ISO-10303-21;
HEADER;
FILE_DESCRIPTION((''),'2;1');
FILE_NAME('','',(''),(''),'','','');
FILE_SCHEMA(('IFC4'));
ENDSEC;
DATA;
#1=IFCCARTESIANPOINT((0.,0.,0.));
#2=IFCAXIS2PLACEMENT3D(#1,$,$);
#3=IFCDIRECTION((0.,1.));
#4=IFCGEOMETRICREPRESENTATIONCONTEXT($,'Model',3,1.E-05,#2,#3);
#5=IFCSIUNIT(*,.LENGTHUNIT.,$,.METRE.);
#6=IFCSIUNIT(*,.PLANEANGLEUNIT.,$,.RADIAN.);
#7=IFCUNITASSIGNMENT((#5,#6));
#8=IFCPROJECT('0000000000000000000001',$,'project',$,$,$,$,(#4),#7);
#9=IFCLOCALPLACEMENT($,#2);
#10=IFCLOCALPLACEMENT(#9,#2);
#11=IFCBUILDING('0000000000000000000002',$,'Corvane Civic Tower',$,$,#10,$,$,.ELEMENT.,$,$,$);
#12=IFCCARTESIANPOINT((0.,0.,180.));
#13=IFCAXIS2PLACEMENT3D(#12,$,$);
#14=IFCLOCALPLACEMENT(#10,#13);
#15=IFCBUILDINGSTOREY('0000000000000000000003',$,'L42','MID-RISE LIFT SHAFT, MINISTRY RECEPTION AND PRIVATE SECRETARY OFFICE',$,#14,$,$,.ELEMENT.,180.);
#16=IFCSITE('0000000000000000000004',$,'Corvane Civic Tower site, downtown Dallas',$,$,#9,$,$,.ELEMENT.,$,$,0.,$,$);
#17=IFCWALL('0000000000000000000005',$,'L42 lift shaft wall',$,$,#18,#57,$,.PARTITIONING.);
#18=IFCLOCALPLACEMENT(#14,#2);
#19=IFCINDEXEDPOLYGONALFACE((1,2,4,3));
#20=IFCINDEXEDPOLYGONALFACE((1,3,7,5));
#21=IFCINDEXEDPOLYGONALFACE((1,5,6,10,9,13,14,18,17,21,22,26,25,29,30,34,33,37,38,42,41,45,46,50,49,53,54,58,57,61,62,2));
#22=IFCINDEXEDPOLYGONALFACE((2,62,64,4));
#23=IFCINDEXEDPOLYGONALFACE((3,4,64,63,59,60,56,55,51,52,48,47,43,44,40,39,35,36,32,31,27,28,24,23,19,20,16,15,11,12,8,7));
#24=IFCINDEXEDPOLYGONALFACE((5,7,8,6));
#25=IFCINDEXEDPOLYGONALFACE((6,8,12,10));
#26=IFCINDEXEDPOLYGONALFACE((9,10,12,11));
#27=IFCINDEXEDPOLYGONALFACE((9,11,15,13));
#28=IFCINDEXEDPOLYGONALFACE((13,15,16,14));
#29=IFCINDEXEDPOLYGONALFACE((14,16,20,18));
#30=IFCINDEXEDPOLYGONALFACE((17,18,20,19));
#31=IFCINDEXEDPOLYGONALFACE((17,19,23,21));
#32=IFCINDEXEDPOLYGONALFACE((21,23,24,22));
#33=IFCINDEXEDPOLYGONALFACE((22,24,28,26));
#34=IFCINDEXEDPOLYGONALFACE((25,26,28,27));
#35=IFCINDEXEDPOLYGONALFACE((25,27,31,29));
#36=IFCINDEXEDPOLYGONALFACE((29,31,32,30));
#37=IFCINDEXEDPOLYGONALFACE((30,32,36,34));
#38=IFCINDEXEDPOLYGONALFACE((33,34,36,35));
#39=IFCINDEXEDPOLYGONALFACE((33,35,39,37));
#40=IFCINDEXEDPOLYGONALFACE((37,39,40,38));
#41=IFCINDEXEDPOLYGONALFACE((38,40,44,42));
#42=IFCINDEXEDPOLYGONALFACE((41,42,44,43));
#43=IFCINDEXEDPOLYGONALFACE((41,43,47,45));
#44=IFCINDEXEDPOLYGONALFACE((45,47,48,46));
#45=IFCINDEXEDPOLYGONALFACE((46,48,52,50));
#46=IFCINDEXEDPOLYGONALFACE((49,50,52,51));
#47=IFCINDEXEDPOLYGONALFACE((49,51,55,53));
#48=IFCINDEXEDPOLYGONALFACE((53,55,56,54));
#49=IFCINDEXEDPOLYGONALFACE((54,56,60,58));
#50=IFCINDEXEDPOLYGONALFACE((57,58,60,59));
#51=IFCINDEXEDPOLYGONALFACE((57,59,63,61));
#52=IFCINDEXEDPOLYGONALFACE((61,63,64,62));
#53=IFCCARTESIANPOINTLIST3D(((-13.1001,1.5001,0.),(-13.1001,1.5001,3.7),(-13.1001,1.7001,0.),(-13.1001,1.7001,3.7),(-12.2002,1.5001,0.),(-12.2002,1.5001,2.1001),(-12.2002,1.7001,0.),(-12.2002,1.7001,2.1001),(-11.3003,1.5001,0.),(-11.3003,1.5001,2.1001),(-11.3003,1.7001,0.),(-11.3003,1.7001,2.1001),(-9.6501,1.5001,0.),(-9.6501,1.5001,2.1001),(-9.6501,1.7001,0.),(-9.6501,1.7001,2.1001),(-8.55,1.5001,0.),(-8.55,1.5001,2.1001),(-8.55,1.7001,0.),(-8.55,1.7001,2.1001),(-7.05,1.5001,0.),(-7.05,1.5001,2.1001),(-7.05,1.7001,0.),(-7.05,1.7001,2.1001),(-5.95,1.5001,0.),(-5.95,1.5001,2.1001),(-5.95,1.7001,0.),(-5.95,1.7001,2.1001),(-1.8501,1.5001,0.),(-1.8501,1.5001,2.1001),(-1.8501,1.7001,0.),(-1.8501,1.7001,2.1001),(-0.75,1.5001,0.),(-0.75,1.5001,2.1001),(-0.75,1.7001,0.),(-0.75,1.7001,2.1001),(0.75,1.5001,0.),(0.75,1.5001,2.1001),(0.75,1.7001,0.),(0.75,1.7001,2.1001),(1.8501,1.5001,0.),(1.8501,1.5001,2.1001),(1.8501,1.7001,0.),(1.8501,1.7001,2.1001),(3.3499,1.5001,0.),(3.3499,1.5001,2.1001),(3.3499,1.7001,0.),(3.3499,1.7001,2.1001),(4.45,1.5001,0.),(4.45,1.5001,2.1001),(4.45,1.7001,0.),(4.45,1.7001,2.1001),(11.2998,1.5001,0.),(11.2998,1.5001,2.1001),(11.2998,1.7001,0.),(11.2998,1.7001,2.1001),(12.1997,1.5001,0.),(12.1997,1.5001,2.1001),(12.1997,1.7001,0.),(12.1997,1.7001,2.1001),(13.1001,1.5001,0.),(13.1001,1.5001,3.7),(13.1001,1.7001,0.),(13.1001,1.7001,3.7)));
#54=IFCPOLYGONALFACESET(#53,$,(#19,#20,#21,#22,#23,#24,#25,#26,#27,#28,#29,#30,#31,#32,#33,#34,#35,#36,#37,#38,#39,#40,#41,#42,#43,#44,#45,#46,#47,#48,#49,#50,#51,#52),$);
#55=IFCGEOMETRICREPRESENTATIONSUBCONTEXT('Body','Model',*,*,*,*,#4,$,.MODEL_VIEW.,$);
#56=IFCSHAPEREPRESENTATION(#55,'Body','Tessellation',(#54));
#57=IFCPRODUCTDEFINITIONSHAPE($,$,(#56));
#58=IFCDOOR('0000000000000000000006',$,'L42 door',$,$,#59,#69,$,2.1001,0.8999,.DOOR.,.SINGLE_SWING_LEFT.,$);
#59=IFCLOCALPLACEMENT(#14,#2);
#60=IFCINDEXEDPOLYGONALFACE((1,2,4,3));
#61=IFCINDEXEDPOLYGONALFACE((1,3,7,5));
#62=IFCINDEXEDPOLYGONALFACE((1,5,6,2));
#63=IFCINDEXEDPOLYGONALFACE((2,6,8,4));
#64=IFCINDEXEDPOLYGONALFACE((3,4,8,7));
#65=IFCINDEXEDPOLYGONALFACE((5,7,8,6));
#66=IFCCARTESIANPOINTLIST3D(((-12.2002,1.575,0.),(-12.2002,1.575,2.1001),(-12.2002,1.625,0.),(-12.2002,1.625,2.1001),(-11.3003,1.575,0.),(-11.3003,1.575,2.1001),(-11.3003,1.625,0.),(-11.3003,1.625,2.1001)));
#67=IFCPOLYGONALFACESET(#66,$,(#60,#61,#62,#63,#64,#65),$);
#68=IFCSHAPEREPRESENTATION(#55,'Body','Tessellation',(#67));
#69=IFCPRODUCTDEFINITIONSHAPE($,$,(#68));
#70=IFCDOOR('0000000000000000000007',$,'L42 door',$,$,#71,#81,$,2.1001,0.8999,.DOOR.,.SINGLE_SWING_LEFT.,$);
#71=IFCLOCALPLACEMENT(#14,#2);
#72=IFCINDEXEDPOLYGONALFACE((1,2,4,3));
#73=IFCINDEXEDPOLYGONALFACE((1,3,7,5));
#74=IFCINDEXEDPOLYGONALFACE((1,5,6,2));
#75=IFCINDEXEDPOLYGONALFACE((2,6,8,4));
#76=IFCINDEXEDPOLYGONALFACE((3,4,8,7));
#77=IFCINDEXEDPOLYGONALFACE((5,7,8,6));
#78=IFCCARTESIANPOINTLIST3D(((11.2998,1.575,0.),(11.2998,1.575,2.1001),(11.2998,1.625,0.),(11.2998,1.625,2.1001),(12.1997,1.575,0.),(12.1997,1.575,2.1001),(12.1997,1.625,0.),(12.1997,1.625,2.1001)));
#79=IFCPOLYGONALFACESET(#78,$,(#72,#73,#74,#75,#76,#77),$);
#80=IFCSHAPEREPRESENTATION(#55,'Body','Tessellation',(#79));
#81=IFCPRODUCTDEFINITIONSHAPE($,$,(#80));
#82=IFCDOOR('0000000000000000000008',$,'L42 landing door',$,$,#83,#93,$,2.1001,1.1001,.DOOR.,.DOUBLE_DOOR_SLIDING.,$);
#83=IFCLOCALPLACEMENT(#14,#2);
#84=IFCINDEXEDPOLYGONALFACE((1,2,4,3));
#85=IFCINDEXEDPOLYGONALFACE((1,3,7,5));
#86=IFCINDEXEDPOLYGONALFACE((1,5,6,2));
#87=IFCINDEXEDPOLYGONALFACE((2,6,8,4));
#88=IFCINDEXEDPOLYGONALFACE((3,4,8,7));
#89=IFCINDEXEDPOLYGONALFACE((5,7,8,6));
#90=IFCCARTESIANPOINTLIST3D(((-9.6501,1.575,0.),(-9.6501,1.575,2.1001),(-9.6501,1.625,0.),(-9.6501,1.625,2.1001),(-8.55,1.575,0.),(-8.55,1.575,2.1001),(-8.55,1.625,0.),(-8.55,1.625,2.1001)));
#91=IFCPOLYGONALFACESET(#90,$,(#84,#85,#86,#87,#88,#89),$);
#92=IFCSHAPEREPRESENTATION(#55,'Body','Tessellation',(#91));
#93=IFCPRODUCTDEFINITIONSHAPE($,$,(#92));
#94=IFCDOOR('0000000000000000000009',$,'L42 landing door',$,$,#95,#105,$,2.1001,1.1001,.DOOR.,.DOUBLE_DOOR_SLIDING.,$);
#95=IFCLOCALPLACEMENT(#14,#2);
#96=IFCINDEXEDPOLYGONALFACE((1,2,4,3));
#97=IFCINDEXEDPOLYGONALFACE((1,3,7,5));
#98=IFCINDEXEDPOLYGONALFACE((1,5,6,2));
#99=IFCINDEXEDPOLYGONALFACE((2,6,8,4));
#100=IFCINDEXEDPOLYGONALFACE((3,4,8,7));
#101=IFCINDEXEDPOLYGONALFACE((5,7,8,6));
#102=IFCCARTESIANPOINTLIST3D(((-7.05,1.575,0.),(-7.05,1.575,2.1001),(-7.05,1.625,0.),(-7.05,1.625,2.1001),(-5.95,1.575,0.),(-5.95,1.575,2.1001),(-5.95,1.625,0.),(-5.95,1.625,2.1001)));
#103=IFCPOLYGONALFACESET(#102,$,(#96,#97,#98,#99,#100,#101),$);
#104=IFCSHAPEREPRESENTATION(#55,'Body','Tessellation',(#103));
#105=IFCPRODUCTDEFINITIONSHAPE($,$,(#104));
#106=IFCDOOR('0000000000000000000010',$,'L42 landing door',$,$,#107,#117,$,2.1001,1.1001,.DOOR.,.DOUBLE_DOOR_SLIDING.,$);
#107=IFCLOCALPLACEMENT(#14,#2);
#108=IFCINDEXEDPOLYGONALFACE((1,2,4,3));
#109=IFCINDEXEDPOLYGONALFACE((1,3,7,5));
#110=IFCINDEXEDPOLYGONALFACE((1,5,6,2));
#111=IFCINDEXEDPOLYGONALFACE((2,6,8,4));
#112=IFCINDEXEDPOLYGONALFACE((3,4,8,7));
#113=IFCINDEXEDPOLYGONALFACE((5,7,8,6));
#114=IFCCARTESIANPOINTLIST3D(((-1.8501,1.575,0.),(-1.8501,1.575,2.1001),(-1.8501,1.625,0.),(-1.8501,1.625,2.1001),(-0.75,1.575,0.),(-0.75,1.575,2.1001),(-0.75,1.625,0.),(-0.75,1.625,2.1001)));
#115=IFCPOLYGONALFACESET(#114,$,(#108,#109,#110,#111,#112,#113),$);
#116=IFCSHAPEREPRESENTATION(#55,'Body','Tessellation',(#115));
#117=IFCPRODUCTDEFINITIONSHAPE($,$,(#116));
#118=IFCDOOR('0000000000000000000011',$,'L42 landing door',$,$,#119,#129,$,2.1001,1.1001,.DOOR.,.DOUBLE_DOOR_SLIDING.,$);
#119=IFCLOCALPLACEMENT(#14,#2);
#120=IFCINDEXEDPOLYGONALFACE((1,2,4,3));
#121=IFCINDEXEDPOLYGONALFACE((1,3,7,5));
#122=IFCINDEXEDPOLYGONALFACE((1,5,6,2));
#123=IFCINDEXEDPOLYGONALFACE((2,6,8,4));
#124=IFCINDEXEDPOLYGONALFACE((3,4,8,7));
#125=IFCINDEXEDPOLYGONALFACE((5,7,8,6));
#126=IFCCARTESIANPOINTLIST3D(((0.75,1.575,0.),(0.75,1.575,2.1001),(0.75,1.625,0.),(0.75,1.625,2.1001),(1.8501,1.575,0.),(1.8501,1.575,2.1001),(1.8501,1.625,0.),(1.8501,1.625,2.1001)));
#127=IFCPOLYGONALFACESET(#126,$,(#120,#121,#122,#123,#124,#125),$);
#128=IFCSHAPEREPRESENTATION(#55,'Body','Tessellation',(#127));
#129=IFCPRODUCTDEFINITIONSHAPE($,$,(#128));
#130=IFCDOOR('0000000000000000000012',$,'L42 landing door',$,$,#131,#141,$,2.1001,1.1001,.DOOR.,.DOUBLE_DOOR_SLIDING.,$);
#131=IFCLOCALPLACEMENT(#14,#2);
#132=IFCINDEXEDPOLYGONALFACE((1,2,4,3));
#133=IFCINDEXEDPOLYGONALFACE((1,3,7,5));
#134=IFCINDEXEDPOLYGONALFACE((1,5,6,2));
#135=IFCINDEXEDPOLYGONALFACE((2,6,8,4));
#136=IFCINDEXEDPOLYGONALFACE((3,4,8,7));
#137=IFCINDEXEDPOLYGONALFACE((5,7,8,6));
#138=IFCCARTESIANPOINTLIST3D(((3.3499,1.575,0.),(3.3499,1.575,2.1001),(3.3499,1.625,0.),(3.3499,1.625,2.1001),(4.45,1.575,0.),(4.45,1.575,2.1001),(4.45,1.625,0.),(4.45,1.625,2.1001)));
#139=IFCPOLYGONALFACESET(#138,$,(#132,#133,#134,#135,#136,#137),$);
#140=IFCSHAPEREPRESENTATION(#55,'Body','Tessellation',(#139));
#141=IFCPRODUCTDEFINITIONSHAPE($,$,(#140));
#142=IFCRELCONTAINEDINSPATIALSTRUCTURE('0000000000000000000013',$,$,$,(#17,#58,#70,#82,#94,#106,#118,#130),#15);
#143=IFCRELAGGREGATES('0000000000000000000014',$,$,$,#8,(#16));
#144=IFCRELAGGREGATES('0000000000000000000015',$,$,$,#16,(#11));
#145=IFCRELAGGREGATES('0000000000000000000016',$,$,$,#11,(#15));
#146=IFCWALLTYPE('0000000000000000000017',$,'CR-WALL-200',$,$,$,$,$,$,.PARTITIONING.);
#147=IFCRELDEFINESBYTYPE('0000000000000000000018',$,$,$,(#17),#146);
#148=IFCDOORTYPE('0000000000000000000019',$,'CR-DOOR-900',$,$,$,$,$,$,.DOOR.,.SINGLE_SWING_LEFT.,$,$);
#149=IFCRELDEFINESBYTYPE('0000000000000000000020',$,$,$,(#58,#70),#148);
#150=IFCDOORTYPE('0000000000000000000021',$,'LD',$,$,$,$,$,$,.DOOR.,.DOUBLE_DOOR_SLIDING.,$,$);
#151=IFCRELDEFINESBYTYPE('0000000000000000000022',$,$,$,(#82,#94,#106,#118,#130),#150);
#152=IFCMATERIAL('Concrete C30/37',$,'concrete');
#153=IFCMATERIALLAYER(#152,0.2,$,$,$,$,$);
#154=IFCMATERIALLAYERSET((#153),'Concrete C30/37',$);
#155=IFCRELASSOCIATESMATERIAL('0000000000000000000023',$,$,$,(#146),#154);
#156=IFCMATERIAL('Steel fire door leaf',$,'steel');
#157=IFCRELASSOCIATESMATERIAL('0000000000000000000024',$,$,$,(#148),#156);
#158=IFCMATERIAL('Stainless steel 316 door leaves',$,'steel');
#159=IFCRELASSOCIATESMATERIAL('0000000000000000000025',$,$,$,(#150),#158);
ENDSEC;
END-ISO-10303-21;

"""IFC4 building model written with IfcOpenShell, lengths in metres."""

from ifc_helpers import new_model, si_unit, direction, frame, frame_2d, origin, place, context, subcontext, project, spatial, rectangle, extrude, material, layer, layer_set, type_object, element, fill, save


model = new_model("IFC4")

# Units and contexts
model_context = context("Model", 3, precision=1e-05, world=origin(), true_north=direction((0.0, 1.0)))
body_context = subcontext(model_context, "Body", "Model", "MODEL_VIEW")
ifc_project = project(units=[si_unit("LENGTHUNIT", "METRE"), si_unit("PLANEANGLEUNIT", "RADIAN")], contexts=[model_context])

# Site, building, storey
site_placement = place(None, origin())
site = spatial("IfcSite", under=ifc_project, at=site_placement, Name="Corvane Civic Tower site, downtown Dallas", CompositionType="ELEMENT", RefElevation=0.0)
building_placement = place(site_placement, origin())
building = spatial("IfcBuilding", under=site, at=building_placement, Name="Corvane Civic Tower", CompositionType="ELEMENT")
storey_placement = place(building_placement, frame((0.0, 0.0, 180.0)))
storey = spatial("IfcBuildingStorey", under=building, at=storey_placement, Name="L42", Description="MID-RISE LIFT SHAFT, MINISTRY RECEPTION AND PRIVATE SECRETARY OFFICE", CompositionType="ELEMENT", Elevation=180.0)

# Wall, openings, doors
ifc_material_1 = material(Name="Concrete C30/37", Category="concrete")
ifc_layer_1 = layer(ifc_material_1, 0.2)
ifc_layer_set_1 = layer_set([ifc_layer_1], Name="Concrete C30/37")
wall_type_1 = type_object("IfcWallType", Name="CR-WALL-200", PredefinedType="PARTITIONING", material=ifc_layer_set_1)
wall_1_placement = place(storey_placement, frame((-13.1001, 1.6001, 0.0), z_axis=(0.0, 0.0, 1.0), x_axis=(1.0, 0.0, 0.0)))
wall_1 = element("IfcWall", 1, at=wall_1_placement, inside=storey, type_object=wall_type_1, Name="L42 lift shaft wall", PredefinedType="PARTITIONING", context=body_context, shape_type="SweptSolid", body=[
    extrude(rectangle(XDim=26.2002, YDim=0.2, at=frame_2d((13.1001, 0.0))), origin(), (0.0, 0.0, 1.0), 3.7),
])
opening_1_placement = place(wall_1_placement, frame((3.45, 0.0, 0.0)))
opening_1 = element("IfcOpeningElement", 2, at=opening_1_placement, cuts=wall_1, PredefinedType="OPENING", context=body_context, shape_type="SweptSolid", body=[
    extrude(rectangle(XDim=1.1001, YDim=2.1001, at=frame_2d((0.55, 1.05))), frame((0.0, 0.1099, 0.0), z_axis=(0.0, -1.0, 0.0), x_axis=(1.0, 0.0, 0.0)), (0.0, 0.0, 1.0), 0.22),
])
opening_2_placement = place(wall_1_placement, frame((6.05, 0.0, 0.0)))
opening_2 = element("IfcOpeningElement", 3, at=opening_2_placement, cuts=wall_1, PredefinedType="OPENING", context=body_context, shape_type="SweptSolid", body=[
    extrude(rectangle(XDim=1.1001, YDim=2.1001, at=frame_2d((0.55, 1.05))), frame((0.0, 0.1099, 0.0), z_axis=(0.0, -1.0, 0.0), x_axis=(1.0, 0.0, 0.0)), (0.0, 0.0, 1.0), 0.22),
])
opening_3_placement = place(wall_1_placement, frame((11.25, 0.0, 0.0)))
opening_3 = element("IfcOpeningElement", 4, at=opening_3_placement, cuts=wall_1, PredefinedType="OPENING", context=body_context, shape_type="SweptSolid", body=[
    extrude(rectangle(XDim=1.1001, YDim=2.1001, at=frame_2d((0.55, 1.05))), frame((0.0, 0.1099, 0.0), z_axis=(0.0, -1.0, 0.0), x_axis=(1.0, 0.0, 0.0)), (0.0, 0.0, 1.0), 0.22),
])
opening_4_placement = place(wall_1_placement, frame((13.8501, 0.0, 0.0)))
opening_4 = element("IfcOpeningElement", 5, at=opening_4_placement, cuts=wall_1, PredefinedType="OPENING", context=body_context, shape_type="SweptSolid", body=[
    extrude(rectangle(XDim=1.1001, YDim=2.1001, at=frame_2d((0.55, 1.05))), frame((0.0, 0.1099, 0.0), z_axis=(0.0, -1.0, 0.0), x_axis=(1.0, 0.0, 0.0)), (0.0, 0.0, 1.0), 0.22),
])
opening_5_placement = place(wall_1_placement, frame((16.45, 0.0, 0.0)))
opening_5 = element("IfcOpeningElement", 6, at=opening_5_placement, cuts=wall_1, PredefinedType="OPENING", context=body_context, shape_type="SweptSolid", body=[
    extrude(rectangle(XDim=1.1001, YDim=2.1001, at=frame_2d((0.55, 1.05))), frame((0.0, 0.1099, 0.0), z_axis=(0.0, -1.0, 0.0), x_axis=(1.0, 0.0, 0.0)), (0.0, 0.0, 1.0), 0.22),
])
opening_6_placement = place(wall_1_placement, frame((0.8999, 0.0, 0.0)))
opening_6 = element("IfcOpeningElement", 7, at=opening_6_placement, cuts=wall_1, PredefinedType="OPENING", context=body_context, shape_type="SweptSolid", body=[
    extrude(rectangle(XDim=0.8999, YDim=2.1001, at=frame_2d((0.45, 1.05))), frame((0.0, 0.1099, 0.0), z_axis=(0.0, -1.0, 0.0), x_axis=(1.0, 0.0, 0.0)), (0.0, 0.0, 1.0), 0.22),
])
opening_7_placement = place(wall_1_placement, frame((24.3999, 0.0, 0.0)))
opening_7 = element("IfcOpeningElement", 8, at=opening_7_placement, cuts=wall_1, PredefinedType="OPENING", context=body_context, shape_type="SweptSolid", body=[
    extrude(rectangle(XDim=0.8999, YDim=2.1001, at=frame_2d((0.45, 1.05))), frame((0.0, 0.1099, 0.0), z_axis=(0.0, -1.0, 0.0), x_axis=(1.0, 0.0, 0.0)), (0.0, 0.0, 1.0), 0.22),
])
ifc_material_2 = material(Name="Steel fire door leaf", Category="steel")
door_type_1 = type_object("IfcDoorType", Name="CR-DOOR-900", OperationType="SINGLE_SWING_LEFT", PredefinedType="DOOR", material=ifc_material_2)
door_1_placement = place(opening_6_placement, origin())
door_1 = element("IfcDoor", 9, at=door_1_placement, inside=storey, type_object=door_type_1, Name="L42 door", OperationType="SINGLE_SWING_LEFT", OverallHeight=2.1001, OverallWidth=0.8999, PredefinedType="DOOR", context=body_context, shape_type="SweptSolid", body=[
    extrude(rectangle(XDim=0.8999, YDim=2.1001, at=frame_2d((0.45, 1.05))), frame((0.0, 0.0249, 0.0), z_axis=(0.0, -1.0, 0.0), x_axis=(1.0, 0.0, 0.0)), (0.0, 0.0, 1.0), 0.05),
])
fill(opening_6, door_1)
door_2_placement = place(opening_7_placement, origin())
door_2 = element("IfcDoor", 10, at=door_2_placement, inside=storey, type_object=door_type_1, Name="L42 door", OperationType="SINGLE_SWING_LEFT", OverallHeight=2.1001, OverallWidth=0.8999, PredefinedType="DOOR", context=body_context, shape_type="SweptSolid", body=[
    extrude(rectangle(XDim=0.8999, YDim=2.1001, at=frame_2d((0.45, 1.05))), frame((0.0, 0.0249, 0.0), z_axis=(0.0, -1.0, 0.0), x_axis=(1.0, 0.0, 0.0)), (0.0, 0.0, 1.0), 0.05),
])
fill(opening_7, door_2)
ifc_material_3 = material(Name="Stainless steel 316 door leaves", Category="steel")
door_type_2 = type_object("IfcDoorType", Name="LD", OperationType="DOUBLE_DOOR_SLIDING", PredefinedType="DOOR", material=ifc_material_3)
door_3_placement = place(opening_1_placement, origin())
door_3 = element("IfcDoor", 11, at=door_3_placement, inside=storey, type_object=door_type_2, Name="L42 landing door", OperationType="DOUBLE_DOOR_SLIDING", OverallHeight=2.1001, OverallWidth=1.1001, PredefinedType="DOOR", context=body_context, shape_type="SweptSolid", body=[
    extrude(rectangle(XDim=1.1001, YDim=2.1001, at=frame_2d((0.55, 1.05))), frame((0.0, 0.0249, 0.0), z_axis=(0.0, -1.0, 0.0), x_axis=(1.0, 0.0, 0.0)), (0.0, 0.0, 1.0), 0.05),
])
fill(opening_1, door_3)
door_4_placement = place(opening_2_placement, origin())
door_4 = element("IfcDoor", 12, at=door_4_placement, inside=storey, type_object=door_type_2, Name="L42 landing door", OperationType="DOUBLE_DOOR_SLIDING", OverallHeight=2.1001, OverallWidth=1.1001, PredefinedType="DOOR", context=body_context, shape_type="SweptSolid", body=[
    extrude(rectangle(XDim=1.1001, YDim=2.1001, at=frame_2d((0.55, 1.05))), frame((0.0, 0.0249, 0.0), z_axis=(0.0, -1.0, 0.0), x_axis=(1.0, 0.0, 0.0)), (0.0, 0.0, 1.0), 0.05),
])
fill(opening_2, door_4)
door_5_placement = place(opening_3_placement, origin())
door_5 = element("IfcDoor", 13, at=door_5_placement, inside=storey, type_object=door_type_2, Name="L42 landing door", OperationType="DOUBLE_DOOR_SLIDING", OverallHeight=2.1001, OverallWidth=1.1001, PredefinedType="DOOR", context=body_context, shape_type="SweptSolid", body=[
    extrude(rectangle(XDim=1.1001, YDim=2.1001, at=frame_2d((0.55, 1.05))), frame((0.0, 0.0249, 0.0), z_axis=(0.0, -1.0, 0.0), x_axis=(1.0, 0.0, 0.0)), (0.0, 0.0, 1.0), 0.05),
])
fill(opening_3, door_5)
door_6_placement = place(opening_4_placement, origin())
door_6 = element("IfcDoor", 14, at=door_6_placement, inside=storey, type_object=door_type_2, Name="L42 landing door", OperationType="DOUBLE_DOOR_SLIDING", OverallHeight=2.1001, OverallWidth=1.1001, PredefinedType="DOOR", context=body_context, shape_type="SweptSolid", body=[
    extrude(rectangle(XDim=1.1001, YDim=2.1001, at=frame_2d((0.55, 1.05))), frame((0.0, 0.0249, 0.0), z_axis=(0.0, -1.0, 0.0), x_axis=(1.0, 0.0, 0.0)), (0.0, 0.0, 1.0), 0.05),
])
fill(opening_4, door_6)
door_7_placement = place(opening_5_placement, origin())
door_7 = element("IfcDoor", 15, at=door_7_placement, inside=storey, type_object=door_type_2, Name="L42 landing door", OperationType="DOUBLE_DOOR_SLIDING", OverallHeight=2.1001, OverallWidth=1.1001, PredefinedType="DOOR", context=body_context, shape_type="SweptSolid", body=[
    extrude(rectangle(XDim=1.1001, YDim=2.1001, at=frame_2d((0.55, 1.05))), frame((0.0, 0.0249, 0.0), z_axis=(0.0, -1.0, 0.0), x_axis=(1.0, 0.0, 0.0)), (0.0, 0.0, 1.0), 0.05),
])
fill(opening_5, door_7)

save(model, "model.ifc")
